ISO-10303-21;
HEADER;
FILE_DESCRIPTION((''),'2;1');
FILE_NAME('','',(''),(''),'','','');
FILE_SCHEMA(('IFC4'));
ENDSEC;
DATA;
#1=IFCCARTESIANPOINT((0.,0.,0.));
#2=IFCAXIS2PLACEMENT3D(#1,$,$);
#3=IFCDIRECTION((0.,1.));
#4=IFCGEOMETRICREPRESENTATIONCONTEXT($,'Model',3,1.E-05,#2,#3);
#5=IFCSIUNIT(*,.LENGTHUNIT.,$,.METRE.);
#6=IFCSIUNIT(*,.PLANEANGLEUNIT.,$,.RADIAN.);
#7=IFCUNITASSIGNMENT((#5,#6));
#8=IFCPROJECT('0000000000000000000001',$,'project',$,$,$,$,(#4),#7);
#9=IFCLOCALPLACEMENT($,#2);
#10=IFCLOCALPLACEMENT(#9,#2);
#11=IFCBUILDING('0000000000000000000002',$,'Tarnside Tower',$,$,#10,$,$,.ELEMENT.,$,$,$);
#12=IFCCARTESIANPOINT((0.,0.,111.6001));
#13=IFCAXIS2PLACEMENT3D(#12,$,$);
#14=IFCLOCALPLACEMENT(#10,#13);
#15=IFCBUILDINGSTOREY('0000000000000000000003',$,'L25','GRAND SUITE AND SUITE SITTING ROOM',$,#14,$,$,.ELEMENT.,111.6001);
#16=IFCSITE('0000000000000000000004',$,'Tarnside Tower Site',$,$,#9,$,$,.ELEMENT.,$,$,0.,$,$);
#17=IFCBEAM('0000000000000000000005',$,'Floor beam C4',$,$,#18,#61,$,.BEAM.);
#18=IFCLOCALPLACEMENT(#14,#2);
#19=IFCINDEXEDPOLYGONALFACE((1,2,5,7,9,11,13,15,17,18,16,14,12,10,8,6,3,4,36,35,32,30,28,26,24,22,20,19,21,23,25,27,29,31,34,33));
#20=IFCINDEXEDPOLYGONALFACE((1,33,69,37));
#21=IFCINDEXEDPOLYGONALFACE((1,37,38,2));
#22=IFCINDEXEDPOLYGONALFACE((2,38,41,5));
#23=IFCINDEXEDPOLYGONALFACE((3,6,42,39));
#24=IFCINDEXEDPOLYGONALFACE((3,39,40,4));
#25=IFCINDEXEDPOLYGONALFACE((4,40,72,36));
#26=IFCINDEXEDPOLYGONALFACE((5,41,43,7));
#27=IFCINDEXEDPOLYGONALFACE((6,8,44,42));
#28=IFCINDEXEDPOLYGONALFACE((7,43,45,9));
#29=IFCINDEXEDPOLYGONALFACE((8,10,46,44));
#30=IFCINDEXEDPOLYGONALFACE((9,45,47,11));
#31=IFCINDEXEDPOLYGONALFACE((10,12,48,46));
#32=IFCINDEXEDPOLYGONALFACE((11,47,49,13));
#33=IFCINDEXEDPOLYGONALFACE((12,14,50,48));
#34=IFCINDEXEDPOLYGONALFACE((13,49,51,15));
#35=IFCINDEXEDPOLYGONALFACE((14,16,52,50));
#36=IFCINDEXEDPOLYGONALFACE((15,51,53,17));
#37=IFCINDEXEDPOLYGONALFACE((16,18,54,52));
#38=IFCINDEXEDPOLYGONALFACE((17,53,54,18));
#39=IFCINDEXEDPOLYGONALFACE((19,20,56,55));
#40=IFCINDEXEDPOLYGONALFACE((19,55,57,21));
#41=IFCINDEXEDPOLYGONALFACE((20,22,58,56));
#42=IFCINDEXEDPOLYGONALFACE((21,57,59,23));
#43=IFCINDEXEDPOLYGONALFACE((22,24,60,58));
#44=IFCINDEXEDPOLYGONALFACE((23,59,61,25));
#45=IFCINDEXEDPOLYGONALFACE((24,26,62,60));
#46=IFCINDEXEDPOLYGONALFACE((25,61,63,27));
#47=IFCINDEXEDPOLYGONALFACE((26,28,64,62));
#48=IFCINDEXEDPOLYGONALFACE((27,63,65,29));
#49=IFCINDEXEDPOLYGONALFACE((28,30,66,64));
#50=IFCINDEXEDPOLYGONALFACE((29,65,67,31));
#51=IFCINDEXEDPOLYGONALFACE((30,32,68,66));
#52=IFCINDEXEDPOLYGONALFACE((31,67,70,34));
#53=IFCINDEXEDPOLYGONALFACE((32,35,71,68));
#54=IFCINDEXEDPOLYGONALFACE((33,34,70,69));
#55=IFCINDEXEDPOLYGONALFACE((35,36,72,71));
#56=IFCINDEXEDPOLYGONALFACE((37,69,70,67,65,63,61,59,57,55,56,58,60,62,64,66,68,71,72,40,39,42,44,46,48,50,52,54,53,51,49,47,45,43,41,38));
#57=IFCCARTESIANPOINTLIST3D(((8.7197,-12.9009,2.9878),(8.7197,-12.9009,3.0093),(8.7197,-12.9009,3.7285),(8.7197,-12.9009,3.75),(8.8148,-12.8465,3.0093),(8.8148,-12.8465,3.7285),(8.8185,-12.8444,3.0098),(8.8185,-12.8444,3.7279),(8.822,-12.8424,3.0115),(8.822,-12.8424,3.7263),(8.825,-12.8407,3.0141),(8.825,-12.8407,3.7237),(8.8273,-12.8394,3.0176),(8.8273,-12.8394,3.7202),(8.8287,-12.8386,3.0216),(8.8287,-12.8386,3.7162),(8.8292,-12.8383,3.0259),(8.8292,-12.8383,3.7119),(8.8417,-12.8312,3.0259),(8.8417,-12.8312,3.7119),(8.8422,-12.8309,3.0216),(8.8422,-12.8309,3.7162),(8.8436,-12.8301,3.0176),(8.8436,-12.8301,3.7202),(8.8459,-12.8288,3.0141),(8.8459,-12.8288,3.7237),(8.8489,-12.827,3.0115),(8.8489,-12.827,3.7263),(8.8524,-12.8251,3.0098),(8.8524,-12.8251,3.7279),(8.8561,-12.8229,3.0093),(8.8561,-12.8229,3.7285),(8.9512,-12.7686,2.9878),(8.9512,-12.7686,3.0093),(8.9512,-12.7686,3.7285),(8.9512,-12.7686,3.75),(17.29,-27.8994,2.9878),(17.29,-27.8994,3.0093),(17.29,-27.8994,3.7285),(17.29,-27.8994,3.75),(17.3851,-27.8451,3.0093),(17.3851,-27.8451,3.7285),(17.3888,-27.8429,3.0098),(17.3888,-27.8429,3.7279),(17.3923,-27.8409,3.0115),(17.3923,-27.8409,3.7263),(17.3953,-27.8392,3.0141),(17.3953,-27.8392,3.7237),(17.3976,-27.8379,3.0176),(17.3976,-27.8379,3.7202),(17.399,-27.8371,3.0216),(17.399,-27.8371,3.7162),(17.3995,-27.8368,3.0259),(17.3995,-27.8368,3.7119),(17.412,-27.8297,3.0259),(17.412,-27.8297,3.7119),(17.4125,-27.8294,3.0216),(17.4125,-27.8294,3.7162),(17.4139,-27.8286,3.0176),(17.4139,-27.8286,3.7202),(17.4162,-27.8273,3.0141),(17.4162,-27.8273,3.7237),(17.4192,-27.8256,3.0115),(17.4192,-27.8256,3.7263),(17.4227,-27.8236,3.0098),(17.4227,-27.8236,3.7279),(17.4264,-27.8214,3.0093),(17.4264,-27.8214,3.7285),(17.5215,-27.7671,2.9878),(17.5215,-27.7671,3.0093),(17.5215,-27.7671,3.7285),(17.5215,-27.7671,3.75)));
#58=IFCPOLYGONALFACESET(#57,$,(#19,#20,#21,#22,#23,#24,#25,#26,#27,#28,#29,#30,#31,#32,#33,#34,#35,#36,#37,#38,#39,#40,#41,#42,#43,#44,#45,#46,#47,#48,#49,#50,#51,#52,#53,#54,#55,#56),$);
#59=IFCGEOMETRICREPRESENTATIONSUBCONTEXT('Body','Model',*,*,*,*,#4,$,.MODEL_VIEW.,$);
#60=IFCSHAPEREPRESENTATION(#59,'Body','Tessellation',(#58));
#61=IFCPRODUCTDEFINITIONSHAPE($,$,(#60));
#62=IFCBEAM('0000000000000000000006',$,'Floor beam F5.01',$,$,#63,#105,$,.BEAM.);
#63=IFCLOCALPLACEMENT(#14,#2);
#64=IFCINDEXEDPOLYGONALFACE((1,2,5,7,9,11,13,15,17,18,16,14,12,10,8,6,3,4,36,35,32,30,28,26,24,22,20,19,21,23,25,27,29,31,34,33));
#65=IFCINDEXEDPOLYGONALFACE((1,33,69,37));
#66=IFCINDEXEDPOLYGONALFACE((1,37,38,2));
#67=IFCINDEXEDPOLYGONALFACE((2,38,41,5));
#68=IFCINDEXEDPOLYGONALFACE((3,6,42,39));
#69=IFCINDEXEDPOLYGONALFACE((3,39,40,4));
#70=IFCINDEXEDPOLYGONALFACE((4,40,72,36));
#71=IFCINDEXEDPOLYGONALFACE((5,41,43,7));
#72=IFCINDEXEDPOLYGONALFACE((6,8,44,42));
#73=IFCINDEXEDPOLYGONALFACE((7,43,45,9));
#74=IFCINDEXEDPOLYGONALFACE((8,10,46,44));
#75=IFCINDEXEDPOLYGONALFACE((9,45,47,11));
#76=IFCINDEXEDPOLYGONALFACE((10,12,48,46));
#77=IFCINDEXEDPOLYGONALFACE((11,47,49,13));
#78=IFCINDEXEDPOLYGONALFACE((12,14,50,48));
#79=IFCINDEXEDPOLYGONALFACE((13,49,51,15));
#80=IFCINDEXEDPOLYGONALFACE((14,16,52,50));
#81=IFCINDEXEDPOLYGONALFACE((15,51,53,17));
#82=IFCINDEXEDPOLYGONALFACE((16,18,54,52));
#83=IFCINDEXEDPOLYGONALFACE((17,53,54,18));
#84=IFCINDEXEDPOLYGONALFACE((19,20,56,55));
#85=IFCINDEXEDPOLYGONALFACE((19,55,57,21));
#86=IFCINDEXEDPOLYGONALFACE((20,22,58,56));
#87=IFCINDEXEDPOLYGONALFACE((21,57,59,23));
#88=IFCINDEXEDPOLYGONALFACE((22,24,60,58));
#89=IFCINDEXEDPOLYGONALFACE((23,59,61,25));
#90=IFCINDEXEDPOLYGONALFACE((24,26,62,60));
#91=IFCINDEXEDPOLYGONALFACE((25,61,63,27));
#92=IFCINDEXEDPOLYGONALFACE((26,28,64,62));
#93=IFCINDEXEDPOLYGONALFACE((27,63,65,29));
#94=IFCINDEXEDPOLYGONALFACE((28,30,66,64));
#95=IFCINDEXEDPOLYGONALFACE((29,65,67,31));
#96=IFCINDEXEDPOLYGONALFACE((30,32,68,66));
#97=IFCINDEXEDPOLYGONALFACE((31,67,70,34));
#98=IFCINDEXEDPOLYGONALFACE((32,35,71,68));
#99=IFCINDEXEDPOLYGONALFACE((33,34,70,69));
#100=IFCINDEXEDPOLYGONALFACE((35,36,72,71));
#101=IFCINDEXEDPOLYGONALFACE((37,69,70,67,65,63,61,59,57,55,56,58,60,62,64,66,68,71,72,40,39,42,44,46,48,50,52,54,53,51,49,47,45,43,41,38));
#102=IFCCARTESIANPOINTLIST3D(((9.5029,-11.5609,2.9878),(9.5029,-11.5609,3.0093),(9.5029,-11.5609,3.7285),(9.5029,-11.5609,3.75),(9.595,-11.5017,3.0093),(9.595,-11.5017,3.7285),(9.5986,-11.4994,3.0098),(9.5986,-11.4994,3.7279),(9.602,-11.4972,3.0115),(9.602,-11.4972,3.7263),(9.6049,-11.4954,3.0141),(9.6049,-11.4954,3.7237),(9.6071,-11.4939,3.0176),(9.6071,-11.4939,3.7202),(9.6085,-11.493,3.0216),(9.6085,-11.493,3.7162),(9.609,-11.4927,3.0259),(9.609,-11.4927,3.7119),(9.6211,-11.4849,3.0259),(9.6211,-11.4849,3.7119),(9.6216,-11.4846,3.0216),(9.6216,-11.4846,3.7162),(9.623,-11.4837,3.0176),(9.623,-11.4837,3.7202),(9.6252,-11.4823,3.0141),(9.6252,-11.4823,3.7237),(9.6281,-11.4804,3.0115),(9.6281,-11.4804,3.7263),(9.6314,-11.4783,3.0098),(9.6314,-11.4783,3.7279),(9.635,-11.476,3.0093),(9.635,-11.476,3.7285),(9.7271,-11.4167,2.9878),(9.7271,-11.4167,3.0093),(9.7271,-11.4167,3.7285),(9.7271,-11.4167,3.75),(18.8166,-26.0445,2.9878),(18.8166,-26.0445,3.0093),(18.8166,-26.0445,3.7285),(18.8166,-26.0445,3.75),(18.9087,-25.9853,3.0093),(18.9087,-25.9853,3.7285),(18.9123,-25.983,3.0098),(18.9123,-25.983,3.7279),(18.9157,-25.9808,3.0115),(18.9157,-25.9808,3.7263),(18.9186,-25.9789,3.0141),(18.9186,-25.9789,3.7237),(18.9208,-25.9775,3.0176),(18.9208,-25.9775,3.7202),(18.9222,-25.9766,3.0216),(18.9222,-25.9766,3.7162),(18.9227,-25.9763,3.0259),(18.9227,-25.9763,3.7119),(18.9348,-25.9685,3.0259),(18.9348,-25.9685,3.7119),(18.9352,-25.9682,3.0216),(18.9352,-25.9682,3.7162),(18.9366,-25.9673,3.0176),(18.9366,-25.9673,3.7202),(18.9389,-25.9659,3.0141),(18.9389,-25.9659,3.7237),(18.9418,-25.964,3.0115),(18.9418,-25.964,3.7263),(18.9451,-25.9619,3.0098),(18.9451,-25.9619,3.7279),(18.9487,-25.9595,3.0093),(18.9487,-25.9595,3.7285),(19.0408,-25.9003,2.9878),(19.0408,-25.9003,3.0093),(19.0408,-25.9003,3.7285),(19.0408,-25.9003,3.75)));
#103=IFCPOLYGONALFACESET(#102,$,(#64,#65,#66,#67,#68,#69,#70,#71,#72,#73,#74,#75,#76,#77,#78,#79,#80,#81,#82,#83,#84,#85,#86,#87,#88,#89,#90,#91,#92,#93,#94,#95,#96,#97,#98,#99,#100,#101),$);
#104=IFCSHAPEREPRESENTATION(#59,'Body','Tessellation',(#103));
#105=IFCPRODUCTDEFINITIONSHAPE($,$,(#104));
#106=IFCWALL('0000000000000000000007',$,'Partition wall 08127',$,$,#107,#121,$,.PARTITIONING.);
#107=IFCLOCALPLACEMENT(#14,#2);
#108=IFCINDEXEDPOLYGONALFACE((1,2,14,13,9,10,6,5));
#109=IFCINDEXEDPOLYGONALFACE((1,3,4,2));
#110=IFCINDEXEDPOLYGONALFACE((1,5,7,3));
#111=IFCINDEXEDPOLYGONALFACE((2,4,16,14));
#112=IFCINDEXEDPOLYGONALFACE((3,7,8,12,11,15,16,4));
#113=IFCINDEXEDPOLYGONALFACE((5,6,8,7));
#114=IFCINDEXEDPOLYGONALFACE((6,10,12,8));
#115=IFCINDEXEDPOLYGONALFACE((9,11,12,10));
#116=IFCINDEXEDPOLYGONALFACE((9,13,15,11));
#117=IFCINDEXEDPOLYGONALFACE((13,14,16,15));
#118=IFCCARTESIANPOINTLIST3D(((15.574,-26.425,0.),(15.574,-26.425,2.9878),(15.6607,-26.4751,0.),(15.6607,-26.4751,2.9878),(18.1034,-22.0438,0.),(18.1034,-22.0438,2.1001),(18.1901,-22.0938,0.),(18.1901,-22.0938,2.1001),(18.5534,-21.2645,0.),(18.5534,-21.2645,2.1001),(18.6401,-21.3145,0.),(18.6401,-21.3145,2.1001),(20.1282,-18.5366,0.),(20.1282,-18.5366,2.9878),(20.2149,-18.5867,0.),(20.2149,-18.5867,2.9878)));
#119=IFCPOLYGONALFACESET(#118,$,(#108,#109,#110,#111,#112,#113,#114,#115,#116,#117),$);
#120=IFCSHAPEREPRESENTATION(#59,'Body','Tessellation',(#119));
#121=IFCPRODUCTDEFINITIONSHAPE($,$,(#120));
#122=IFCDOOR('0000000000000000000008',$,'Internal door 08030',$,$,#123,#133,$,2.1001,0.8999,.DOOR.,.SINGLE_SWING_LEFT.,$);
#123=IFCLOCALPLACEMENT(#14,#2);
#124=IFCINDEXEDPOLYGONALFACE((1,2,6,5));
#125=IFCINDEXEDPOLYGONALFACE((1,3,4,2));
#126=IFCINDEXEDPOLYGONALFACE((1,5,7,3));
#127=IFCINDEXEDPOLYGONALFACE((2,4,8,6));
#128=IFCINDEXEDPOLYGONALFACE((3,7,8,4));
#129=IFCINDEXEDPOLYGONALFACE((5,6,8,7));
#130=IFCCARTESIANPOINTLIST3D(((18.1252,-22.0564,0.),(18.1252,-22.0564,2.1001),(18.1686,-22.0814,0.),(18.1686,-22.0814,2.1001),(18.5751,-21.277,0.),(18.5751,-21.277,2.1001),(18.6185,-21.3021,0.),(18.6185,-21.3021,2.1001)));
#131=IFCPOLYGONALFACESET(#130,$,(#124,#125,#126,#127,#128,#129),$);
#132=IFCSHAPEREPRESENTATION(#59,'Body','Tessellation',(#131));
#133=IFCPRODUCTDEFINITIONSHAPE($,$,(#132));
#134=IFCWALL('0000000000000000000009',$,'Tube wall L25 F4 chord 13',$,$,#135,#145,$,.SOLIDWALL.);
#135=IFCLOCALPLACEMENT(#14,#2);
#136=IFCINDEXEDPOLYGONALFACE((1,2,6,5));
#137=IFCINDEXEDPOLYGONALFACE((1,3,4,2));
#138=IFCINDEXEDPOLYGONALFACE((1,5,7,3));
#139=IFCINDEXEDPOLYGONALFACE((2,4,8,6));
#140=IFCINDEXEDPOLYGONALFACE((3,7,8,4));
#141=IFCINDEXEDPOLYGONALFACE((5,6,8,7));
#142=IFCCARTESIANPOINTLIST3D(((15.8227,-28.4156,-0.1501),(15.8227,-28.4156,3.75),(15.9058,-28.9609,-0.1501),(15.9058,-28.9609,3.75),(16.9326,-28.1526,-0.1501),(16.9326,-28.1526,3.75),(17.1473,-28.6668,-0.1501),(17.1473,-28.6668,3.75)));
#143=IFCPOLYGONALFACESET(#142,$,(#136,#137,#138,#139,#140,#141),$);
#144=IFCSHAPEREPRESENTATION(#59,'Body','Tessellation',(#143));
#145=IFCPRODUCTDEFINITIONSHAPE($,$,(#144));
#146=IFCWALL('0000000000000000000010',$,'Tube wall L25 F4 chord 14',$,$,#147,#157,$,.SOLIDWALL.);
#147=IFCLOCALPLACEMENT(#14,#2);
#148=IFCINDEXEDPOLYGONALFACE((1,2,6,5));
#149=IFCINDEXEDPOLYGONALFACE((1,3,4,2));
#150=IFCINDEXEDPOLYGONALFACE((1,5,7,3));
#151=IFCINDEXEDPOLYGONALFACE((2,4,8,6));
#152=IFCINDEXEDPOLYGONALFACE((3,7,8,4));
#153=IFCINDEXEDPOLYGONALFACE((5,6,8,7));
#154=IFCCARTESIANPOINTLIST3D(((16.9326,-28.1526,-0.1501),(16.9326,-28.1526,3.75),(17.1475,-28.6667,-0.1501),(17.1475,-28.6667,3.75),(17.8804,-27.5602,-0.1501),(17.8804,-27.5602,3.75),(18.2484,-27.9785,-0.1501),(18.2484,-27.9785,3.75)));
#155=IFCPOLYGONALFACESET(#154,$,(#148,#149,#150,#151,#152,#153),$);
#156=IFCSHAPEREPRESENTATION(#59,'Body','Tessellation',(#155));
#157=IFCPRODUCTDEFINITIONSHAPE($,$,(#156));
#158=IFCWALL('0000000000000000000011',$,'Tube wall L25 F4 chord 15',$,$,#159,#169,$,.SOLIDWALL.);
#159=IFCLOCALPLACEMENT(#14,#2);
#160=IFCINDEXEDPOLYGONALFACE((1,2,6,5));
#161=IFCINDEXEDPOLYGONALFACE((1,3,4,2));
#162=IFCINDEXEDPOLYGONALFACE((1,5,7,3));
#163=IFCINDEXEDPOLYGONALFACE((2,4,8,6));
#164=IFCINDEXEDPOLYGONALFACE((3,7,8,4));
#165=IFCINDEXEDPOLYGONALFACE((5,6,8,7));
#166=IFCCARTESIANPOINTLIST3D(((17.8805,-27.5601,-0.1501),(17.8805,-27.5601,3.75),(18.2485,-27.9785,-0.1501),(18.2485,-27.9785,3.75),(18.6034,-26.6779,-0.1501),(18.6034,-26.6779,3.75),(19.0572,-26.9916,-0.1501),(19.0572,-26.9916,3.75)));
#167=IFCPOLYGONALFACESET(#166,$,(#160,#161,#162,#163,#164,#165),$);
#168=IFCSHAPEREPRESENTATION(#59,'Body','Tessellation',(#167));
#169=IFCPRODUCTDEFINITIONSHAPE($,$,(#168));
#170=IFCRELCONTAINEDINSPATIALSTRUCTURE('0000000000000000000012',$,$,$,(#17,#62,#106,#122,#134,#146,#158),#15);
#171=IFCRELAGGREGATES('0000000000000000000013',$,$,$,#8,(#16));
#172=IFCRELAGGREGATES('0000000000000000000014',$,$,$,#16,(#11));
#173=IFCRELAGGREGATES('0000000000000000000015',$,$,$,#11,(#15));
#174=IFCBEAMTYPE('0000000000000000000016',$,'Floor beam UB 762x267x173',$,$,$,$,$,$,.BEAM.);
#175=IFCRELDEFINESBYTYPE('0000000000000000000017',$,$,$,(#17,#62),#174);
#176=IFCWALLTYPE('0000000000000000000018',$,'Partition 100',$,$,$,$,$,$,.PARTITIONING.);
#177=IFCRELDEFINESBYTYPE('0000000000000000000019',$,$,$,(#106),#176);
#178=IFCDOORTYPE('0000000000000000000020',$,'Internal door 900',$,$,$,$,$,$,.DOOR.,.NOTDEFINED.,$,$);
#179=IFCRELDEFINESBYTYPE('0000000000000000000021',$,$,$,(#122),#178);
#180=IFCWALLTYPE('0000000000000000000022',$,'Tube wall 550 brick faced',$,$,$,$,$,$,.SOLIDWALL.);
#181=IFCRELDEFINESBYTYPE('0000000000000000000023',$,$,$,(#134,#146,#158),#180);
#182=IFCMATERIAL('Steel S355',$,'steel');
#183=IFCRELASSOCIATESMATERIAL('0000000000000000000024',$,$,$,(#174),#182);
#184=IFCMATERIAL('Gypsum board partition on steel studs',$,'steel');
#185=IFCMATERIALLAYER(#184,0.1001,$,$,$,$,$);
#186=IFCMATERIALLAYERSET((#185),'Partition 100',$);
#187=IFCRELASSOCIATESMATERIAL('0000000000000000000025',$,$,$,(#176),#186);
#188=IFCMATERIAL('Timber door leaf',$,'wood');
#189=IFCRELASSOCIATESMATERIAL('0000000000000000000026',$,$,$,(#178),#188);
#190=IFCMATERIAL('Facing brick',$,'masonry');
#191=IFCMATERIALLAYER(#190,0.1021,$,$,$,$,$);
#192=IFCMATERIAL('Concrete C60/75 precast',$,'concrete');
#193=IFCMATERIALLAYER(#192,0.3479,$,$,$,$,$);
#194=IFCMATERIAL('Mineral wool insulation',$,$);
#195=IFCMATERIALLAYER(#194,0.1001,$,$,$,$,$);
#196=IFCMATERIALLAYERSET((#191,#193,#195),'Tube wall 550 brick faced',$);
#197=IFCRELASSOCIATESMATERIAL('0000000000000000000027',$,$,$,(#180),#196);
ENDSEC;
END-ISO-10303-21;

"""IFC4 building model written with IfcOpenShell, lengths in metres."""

from ifc_helpers import new_model, si_unit, direction, frame, frame_2d, origin, origin_2d, place, context, subcontext, project, spatial, polyline, rectangle, i_section, outline, extrude, material, layer, layer_set, material_profile, profile_set, type_object, element, fill, save


model = new_model("IFC4")

# Units and contexts
model_context = context("Model", 3, precision=1e-05, world=origin(), true_north=direction((0.0, 1.0)))
body_context = subcontext(model_context, "Body", "Model", "MODEL_VIEW")
ifc_project = project(units=[si_unit("LENGTHUNIT", "METRE"), si_unit("PLANEANGLEUNIT", "RADIAN")], contexts=[model_context])

# Site, building, storey
site_placement = place(None, origin())
site = spatial("IfcSite", under=ifc_project, at=site_placement, Name="Tarnside Tower Site", CompositionType="ELEMENT", RefElevation=0.0)
building_placement = place(site_placement, origin())
building = spatial("IfcBuilding", under=site, at=building_placement, Name="Tarnside Tower", CompositionType="ELEMENT")
storey_placement = place(building_placement, frame((0.0, 0.0, 111.6001)))
storey = spatial("IfcBuildingStorey", under=building, at=storey_placement, Name="L25", Description="GRAND SUITE AND SUITE SITTING ROOM", CompositionType="ELEMENT", Elevation=111.6001)

# Beams
ifc_material_1 = material(Name="Steel S355", Category="steel")
ifc_material_profile = material_profile(ifc_material_1, i_section(OverallWidth=0.2666, OverallDepth=0.7622, WebThickness=0.0144, FlangeThickness=0.0215, FilletRadius=0.0166, at=origin_2d()), Name="UB 762x267x173")
ifc_profile_set = profile_set([ifc_material_profile], Name="Steel S355")
beam_type = type_object("IfcBeamType", Name="Floor beam UB 762x267x173", PredefinedType="BEAM", material=ifc_profile_set)
beam_1_placement = place(storey_placement, frame((17.4058, -27.8333, 3.3689), z_axis=(-0.496127, 0.86825, 0.0), x_axis=(-0.86825, -0.496127, 0.0)))
element("IfcBeam", 1, at=beam_1_placement, inside=storey, type_object=beam_type, Name="Floor beam C4", PredefinedType="BEAM", context=body_context, shape_type="SweptSolid", body=[
    extrude(i_section(OverallWidth=0.2666, OverallDepth=0.7622, WebThickness=0.0144, FlangeThickness=0.0215, FilletRadius=0.0166, at=origin_2d()), origin(), (0.0, 0.0, 1.0), 17.2744),
])
beam_2_placement = place(storey_placement, frame((18.9287, -25.9724, 3.3689), z_axis=(-0.540873, 0.841104, 0.0), x_axis=(-0.841104, -0.540873, 0.0)))
element("IfcBeam", 2, at=beam_2_placement, inside=storey, type_object=beam_type, Name="Floor beam F5.01", PredefinedType="BEAM", context=body_context, shape_type="SweptSolid", body=[
    extrude(i_section(OverallWidth=0.2666, OverallDepth=0.7622, WebThickness=0.0144, FlangeThickness=0.0215, FilletRadius=0.0166, at=origin_2d()), origin(), (0.0, 0.0, 1.0), 17.2197),
])

# Wall, opening, door
ifc_material_2 = material(Name="Gypsum board partition on steel studs", Category="steel")
ifc_layer_1 = layer(ifc_material_2, 0.1001)
ifc_layer_set_1 = layer_set([ifc_layer_1], Name="Partition 100")
wall_type_1 = type_object("IfcWallType", Name="Partition 100", PredefinedType="PARTITIONING", material=ifc_layer_set_1)
wall_1_placement = place(storey_placement, frame((15.6174, -26.45, 0.0), z_axis=(0.0, 0.0, 1.0), x_axis=(0.499985, 0.866034, 0.0)))
wall_1 = element("IfcWall", 3, at=wall_1_placement, inside=storey, type_object=wall_type_1, Name="Partition wall 08127", PredefinedType="PARTITIONING", context=body_context, shape_type="SweptSolid", body=[
    extrude(rectangle(XDim=9.1086, YDim=0.1001, at=frame_2d((4.5542, 0.0))), origin(), (0.0, 0.0, 1.0), 2.9878),
])
opening_1_placement = place(wall_1_placement, frame((5.0588, 0.0, 0.0)))
opening_1 = element("IfcOpeningElement", 4, at=opening_1_placement, cuts=wall_1, PredefinedType="OPENING", context=body_context, shape_type="SweptSolid", body=[
    extrude(rectangle(XDim=0.8999, YDim=2.1001, at=frame_2d((0.45, 1.05))), frame((0.0, 0.0601, 0.0), z_axis=(0.0, -1.0, 0.0), x_axis=(1.0, 0.0, 0.0)), (0.0, 0.0, 1.0), 0.1201),
])
ifc_material_3 = material(Name="Timber door leaf", Category="wood")
door_type = type_object("IfcDoorType", Name="Internal door 900", OperationType="NOTDEFINED", PredefinedType="DOOR", material=ifc_material_3)
door_placement = place(opening_1_placement, origin())
door = element("IfcDoor", 5, at=door_placement, inside=storey, type_object=door_type, Name="Internal door 08030", OperationType="SINGLE_SWING_LEFT", OverallHeight=2.1001, OverallWidth=0.8999, PredefinedType="DOOR", context=body_context, shape_type="SweptSolid", body=[
    extrude(rectangle(XDim=0.8999, YDim=2.1001, at=frame_2d((0.45, 1.05))), frame((0.0, 0.0249, 0.0), z_axis=(0.0, -1.0, 0.0), x_axis=(1.0, 0.0, 0.0)), (0.0, 0.0, 1.0), 0.05),
])
fill(opening_1, door)

# Walls
ifc_material_4 = material(Name="Facing brick", Category="masonry")
ifc_layer_2 = layer(ifc_material_4, 0.1021)
ifc_material_5 = material(Name="Concrete C60/75 precast", Category="concrete")
ifc_layer_3 = layer(ifc_material_5, 0.3479)
ifc_material_6 = material(Name="Mineral wool insulation")
ifc_layer_4 = layer(ifc_material_6, 0.1001)
ifc_layer_set_2 = layer_set([ifc_layer_2, ifc_layer_3, ifc_layer_4], Name="Tube wall 550 brick faced")
wall_type_2 = type_object("IfcWallType", Name="Tube wall 550 brick faced", PredefinedType="SOLIDWALL", material=ifc_layer_set_2)
wall_2_placement = place(storey_placement, frame((15.8643, -28.6882, -0.1501), z_axis=(0.0, 0.0, 1.0), x_axis=(0.973064, 0.230537, 0.0)))
element("IfcWall", 6, at=wall_2_placement, inside=storey, type_object=wall_type_2, Name="Tube wall L25 F4 chord 13", PredefinedType="SOLIDWALL", context=body_context, shape_type="SweptSolid", body=[
    extrude(outline(polyline([(-0.0225, -0.2749), (1.2534, -0.2749), (1.1631, 0.2749), (0.0225, 0.2749), (-0.0225, -0.2749)])), origin(), (0.0, 0.0, 1.0), 3.9001),
])
wall_3_placement = place(storey_placement, frame((17.04, -28.4097, -0.1501), z_axis=(0.0, 0.0, 1.0), x_axis=(0.847953, 0.530072, 0.0)))
element("IfcWall", 7, at=wall_3_placement, inside=storey, type_object=wall_type_2, Name="Tube wall L25 F4 chord 14", PredefinedType="SOLIDWALL", context=body_context, shape_type="SweptSolid", body=[
    extrude(outline(polyline([(-0.0452, -0.2749), (1.2532, -0.2749), (1.1628, 0.2749), (0.0452, 0.2749), (-0.0452, -0.2749)])), origin(), (0.0, 0.0, 1.0), 3.9001),
])
wall_4_placement = place(storey_placement, frame((18.0645, -27.7693, -0.1501), z_axis=(0.0, 0.0, 1.0), x_axis=(0.633843, 0.773462, 0.0)))
element("IfcWall", 8, at=wall_4_placement, inside=storey, type_object=wall_type_2, Name="Tube wall L25 F4 chord 15", PredefinedType="SOLIDWALL", context=body_context, shape_type="SweptSolid", body=[
    extrude(outline(polyline([(-0.0452, -0.2749), (1.2307, -0.2749), (1.1858, 0.2749), (0.0452, 0.2749), (-0.0452, -0.2749)])), origin(), (0.0, 0.0, 1.0), 3.9001),
])

save(model, "model.ifc")
